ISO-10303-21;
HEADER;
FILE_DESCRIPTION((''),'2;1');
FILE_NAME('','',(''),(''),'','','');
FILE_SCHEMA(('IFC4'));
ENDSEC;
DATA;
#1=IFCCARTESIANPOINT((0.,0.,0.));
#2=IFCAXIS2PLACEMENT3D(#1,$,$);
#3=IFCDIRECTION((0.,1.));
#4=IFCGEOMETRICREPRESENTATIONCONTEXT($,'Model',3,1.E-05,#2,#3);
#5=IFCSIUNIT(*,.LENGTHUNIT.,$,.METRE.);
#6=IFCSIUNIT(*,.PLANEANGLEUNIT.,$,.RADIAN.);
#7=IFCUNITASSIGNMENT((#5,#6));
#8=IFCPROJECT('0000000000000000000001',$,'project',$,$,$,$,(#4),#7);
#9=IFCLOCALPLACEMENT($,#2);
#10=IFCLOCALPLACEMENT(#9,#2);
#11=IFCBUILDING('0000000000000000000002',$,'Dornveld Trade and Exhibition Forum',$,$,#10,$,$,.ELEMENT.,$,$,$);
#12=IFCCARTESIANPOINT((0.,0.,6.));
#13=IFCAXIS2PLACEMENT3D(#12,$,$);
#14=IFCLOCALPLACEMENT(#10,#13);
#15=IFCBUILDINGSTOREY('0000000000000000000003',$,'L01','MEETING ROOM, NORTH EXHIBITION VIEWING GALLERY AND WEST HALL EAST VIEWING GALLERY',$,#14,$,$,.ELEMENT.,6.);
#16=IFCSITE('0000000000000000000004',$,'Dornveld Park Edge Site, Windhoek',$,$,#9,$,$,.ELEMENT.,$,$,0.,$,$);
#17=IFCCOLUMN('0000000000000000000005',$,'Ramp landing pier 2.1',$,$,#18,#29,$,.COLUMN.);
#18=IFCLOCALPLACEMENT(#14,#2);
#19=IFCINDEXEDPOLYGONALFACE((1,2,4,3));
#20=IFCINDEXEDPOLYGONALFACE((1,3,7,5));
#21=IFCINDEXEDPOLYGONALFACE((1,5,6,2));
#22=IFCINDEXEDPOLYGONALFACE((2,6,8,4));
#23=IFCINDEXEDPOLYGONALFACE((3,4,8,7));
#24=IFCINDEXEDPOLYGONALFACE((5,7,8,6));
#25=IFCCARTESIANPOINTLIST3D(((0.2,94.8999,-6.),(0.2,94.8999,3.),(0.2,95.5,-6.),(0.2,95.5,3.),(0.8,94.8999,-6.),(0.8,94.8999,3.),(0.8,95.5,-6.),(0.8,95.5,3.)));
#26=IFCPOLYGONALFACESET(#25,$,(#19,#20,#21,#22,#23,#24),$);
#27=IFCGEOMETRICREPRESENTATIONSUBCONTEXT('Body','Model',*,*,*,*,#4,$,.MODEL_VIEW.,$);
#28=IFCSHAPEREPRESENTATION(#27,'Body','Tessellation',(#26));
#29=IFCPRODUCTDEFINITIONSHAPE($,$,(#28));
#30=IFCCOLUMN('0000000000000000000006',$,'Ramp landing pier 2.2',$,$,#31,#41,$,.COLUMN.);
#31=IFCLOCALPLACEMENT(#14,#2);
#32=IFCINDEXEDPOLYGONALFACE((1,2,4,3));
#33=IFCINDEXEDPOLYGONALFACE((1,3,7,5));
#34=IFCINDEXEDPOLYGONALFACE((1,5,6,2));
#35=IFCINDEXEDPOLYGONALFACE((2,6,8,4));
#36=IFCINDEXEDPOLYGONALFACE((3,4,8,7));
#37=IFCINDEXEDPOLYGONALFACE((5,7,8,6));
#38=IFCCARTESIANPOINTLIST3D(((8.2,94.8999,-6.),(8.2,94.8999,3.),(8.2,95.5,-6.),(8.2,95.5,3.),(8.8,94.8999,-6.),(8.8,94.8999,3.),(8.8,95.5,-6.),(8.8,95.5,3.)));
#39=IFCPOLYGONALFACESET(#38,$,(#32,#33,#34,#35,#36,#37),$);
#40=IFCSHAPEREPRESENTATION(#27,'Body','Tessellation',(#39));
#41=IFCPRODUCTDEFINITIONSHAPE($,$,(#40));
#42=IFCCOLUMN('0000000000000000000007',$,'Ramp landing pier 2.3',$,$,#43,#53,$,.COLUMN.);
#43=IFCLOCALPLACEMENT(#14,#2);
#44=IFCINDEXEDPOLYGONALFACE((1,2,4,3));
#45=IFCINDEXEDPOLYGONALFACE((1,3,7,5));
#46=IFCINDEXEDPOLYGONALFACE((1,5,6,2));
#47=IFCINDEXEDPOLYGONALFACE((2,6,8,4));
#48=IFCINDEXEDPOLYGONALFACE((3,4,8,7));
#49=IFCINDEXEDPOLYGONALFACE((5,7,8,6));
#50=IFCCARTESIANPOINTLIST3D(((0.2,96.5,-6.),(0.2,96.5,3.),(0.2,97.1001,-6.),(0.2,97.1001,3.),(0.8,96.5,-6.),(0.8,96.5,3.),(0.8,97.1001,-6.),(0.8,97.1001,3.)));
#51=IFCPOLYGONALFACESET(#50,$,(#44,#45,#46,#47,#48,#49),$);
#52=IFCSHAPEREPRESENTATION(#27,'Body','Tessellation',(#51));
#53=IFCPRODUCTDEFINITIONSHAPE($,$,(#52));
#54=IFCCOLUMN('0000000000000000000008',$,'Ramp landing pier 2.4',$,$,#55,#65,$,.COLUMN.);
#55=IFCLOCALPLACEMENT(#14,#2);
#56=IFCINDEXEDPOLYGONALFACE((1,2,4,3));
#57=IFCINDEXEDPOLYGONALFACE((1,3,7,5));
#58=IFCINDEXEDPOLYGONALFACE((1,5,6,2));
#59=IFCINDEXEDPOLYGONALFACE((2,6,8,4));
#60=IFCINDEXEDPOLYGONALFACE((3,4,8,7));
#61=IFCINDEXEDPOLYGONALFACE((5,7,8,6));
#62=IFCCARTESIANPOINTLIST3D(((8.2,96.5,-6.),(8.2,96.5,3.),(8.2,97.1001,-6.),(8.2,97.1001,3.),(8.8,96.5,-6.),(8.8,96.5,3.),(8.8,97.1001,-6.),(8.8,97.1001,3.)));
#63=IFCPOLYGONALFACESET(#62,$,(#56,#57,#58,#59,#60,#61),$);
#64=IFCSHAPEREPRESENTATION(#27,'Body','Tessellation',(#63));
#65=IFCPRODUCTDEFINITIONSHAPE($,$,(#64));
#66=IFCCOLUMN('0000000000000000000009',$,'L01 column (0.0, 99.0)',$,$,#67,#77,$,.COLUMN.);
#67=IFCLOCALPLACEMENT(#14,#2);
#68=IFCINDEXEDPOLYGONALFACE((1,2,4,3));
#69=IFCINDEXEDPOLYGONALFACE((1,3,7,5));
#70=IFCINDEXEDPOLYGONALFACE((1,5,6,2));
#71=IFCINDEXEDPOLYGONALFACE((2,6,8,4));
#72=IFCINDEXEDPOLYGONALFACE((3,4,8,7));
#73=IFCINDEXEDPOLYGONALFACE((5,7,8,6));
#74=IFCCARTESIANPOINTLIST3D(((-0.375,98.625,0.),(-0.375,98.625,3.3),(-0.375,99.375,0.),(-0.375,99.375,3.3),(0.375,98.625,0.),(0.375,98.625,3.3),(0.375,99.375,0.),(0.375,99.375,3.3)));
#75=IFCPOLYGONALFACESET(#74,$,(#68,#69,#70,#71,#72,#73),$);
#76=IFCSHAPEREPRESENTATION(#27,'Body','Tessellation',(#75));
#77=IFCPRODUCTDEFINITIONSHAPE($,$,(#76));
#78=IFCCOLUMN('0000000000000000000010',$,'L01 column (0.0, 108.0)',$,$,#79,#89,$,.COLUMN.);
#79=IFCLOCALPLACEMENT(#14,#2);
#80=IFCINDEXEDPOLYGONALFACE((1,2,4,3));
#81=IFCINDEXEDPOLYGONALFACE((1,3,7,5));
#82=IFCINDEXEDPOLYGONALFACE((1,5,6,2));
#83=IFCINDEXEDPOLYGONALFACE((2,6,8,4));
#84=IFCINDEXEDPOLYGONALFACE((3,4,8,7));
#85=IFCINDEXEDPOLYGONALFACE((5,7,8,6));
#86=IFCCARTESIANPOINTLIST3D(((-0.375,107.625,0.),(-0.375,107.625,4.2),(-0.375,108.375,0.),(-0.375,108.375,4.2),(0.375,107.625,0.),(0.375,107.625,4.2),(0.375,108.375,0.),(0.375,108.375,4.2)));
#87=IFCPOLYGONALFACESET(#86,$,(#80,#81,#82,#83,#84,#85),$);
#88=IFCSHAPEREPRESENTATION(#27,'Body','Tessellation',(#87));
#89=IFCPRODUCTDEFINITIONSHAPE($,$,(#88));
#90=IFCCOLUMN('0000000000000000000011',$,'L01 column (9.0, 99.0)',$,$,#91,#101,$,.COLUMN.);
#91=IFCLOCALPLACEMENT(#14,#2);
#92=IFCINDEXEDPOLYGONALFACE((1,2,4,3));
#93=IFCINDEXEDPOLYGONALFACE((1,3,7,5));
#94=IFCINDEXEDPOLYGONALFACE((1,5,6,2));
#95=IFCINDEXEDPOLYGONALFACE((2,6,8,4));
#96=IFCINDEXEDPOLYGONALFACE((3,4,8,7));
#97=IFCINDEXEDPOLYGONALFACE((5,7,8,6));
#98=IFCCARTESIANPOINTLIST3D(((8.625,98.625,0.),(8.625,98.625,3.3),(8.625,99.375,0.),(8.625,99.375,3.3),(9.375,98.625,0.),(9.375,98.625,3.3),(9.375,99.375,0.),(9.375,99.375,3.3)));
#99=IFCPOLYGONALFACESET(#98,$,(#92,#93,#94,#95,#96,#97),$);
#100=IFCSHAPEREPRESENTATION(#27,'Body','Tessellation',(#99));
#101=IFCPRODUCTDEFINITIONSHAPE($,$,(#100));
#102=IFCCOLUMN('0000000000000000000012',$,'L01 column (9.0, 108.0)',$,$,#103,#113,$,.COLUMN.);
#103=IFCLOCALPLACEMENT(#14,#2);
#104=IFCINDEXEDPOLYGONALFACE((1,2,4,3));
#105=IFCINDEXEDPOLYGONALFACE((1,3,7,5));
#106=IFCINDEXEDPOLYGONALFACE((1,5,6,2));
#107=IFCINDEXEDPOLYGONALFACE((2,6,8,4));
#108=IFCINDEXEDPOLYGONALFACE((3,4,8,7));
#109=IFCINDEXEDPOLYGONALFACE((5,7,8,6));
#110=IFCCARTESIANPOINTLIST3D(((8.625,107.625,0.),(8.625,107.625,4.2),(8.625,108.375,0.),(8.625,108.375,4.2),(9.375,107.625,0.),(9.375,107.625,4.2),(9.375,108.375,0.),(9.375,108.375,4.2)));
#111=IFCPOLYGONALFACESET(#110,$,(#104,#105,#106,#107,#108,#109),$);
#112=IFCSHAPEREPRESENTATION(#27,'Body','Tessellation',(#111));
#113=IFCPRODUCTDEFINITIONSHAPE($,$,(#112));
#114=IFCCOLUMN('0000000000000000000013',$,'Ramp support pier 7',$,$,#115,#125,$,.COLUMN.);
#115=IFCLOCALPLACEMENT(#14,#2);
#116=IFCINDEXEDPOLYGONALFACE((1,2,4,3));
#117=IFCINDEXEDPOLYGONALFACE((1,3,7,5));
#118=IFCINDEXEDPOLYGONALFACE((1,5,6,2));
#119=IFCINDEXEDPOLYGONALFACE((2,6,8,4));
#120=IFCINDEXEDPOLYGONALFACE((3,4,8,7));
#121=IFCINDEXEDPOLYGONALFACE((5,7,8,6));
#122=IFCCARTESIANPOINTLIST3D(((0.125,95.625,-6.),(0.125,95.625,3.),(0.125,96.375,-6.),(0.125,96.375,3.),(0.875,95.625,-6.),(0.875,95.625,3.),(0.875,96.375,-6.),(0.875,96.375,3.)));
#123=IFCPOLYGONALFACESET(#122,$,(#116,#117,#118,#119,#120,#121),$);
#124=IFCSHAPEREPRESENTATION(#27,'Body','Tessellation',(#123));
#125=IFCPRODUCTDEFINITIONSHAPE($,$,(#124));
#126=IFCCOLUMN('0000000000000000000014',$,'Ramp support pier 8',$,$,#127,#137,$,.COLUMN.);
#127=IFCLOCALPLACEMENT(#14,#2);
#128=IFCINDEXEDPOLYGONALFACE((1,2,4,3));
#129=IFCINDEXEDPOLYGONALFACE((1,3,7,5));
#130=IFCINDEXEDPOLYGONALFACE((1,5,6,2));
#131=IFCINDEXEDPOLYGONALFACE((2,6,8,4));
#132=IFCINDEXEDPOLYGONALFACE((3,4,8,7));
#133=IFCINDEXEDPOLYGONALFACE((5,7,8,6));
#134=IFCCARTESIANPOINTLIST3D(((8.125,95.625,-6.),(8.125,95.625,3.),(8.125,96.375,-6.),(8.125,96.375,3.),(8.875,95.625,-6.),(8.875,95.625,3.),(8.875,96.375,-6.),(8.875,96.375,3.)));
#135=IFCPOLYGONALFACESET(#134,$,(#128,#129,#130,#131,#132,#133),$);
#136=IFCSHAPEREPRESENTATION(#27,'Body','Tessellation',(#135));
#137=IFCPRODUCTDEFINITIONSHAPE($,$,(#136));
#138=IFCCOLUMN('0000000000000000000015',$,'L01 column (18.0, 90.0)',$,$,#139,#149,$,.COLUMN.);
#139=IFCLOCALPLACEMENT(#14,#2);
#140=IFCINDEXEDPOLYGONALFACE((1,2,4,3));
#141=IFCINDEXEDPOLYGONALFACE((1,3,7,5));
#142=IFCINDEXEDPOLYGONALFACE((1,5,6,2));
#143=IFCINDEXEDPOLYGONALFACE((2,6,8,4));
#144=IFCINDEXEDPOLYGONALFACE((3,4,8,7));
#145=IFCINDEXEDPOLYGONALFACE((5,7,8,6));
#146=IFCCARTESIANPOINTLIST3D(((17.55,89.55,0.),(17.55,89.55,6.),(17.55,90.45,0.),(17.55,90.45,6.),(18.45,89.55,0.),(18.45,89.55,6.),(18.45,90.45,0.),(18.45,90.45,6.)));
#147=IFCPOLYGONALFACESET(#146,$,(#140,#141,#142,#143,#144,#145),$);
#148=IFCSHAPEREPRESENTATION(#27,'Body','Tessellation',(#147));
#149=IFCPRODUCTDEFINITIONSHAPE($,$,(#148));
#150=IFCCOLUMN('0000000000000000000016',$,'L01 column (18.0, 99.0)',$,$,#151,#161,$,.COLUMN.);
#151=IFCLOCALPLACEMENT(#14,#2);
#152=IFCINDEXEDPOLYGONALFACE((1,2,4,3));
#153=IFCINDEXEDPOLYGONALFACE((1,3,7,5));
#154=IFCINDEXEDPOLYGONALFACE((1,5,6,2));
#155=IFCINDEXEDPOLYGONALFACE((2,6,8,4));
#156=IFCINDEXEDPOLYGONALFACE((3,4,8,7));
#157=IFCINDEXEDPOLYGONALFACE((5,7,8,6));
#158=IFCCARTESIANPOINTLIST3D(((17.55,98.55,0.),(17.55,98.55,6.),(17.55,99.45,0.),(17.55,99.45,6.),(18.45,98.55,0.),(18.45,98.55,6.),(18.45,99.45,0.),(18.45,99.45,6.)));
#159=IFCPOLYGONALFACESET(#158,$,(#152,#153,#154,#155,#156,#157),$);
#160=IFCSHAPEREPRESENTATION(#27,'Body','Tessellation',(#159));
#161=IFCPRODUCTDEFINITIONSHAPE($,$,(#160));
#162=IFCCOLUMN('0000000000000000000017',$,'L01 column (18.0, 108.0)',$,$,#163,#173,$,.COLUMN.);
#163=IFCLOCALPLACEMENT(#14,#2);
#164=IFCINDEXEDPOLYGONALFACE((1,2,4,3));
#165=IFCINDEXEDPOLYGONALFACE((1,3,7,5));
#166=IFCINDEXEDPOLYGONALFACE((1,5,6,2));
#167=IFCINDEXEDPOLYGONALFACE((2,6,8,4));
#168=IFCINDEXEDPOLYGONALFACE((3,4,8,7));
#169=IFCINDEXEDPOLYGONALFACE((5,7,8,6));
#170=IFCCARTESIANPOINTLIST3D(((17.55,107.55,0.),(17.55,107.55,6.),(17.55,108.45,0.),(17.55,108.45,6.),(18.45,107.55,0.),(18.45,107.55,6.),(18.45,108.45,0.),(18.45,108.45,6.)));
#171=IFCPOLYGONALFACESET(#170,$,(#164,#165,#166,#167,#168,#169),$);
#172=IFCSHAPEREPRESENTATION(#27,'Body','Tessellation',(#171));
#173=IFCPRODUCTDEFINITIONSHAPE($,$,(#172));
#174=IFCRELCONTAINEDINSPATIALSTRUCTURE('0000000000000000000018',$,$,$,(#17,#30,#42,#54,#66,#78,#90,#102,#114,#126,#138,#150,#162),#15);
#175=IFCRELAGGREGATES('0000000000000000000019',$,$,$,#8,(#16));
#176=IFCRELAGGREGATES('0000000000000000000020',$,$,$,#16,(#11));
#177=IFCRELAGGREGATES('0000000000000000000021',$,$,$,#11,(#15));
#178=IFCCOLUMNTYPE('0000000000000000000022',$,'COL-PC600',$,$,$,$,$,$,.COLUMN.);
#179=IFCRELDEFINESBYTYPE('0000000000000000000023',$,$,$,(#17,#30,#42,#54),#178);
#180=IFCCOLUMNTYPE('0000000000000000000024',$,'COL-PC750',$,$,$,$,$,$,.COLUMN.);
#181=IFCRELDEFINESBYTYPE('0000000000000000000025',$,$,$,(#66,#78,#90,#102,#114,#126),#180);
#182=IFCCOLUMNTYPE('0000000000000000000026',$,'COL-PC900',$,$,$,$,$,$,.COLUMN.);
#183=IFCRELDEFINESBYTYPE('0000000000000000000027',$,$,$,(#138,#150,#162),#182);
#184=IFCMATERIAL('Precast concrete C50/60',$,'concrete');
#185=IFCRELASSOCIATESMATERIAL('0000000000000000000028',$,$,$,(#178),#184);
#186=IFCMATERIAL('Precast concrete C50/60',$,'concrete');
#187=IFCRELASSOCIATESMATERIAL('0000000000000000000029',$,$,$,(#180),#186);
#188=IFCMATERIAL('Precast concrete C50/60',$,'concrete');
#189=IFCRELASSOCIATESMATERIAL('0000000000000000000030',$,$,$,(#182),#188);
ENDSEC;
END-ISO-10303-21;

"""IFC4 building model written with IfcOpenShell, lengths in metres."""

from ifc_helpers import new_model, si_unit, direction, frame, origin, origin_2d, place, context, subcontext, project, spatial, rectangle, extrude, material, material_profile, profile_set, type_object, element, save


model = new_model("IFC4")

# Units and contexts
model_context = context("Model", 3, precision=1e-05, world=origin(), true_north=direction((0.0, 1.0)))
body_context = subcontext(model_context, "Body", "Model", "MODEL_VIEW")
ifc_project = project(units=[si_unit("LENGTHUNIT", "METRE"), si_unit("PLANEANGLEUNIT", "RADIAN")], contexts=[model_context])

# Site, building, storey
site_placement = place(None, origin())
site = spatial("IfcSite", under=ifc_project, at=site_placement, Name="Dornveld Park Edge Site, Windhoek", CompositionType="ELEMENT", RefElevation=0.0)
building_placement = place(site_placement, origin())
building = spatial("IfcBuilding", under=site, at=building_placement, Name="Dornveld Trade and Exhibition Forum", CompositionType="ELEMENT")
storey_placement = place(building_placement, frame((0.0, 0.0, 6.0)))
storey = spatial("IfcBuildingStorey", under=building, at=storey_placement, Name="L01", Description="MEETING ROOM, NORTH EXHIBITION VIEWING GALLERY AND WEST HALL EAST VIEWING GALLERY", CompositionType="ELEMENT", Elevation=6.0)

# Columns
ifc_material_1 = material(Name="Precast concrete C50/60", Category="concrete")
ifc_material_profile_1 = material_profile(ifc_material_1, rectangle(XDim=0.6001, YDim=0.6001, at=origin_2d()), Name="PC-COL 600x600")
ifc_profile_set_1 = profile_set([ifc_material_profile_1], Name="Precast concrete C50/60")
column_type_1 = type_object("IfcColumnType", Name="COL-PC600", PredefinedType="COLUMN", material=ifc_profile_set_1)
for number, where, z_axis, x_axis, name in (
    (1, (0.5, 95.2, -6.0), (0.0, 0.0, 1.0), (1.0, 0.0, 0.0), "Ramp landing pier 2.1"),
    (2, (8.5, 95.2, -6.0), (0.0, 0.0, 1.0), (1.0, 0.0, 0.0), "Ramp landing pier 2.2"),
    (3, (0.5, 96.8, -6.0), (0.0, 0.0, 1.0), (1.0, 0.0, 0.0), "Ramp landing pier 2.3"),
    (4, (8.5, 96.8, -6.0), (0.0, 0.0, 1.0), (1.0, 0.0, 0.0), "Ramp landing pier 2.4"),
):
    element("IfcColumn", number, at=place(storey_placement, frame(where, z_axis=z_axis, x_axis=x_axis)), inside=storey, type_object=column_type_1, Name=name, PredefinedType="COLUMN", context=body_context, shape_type="SweptSolid", body=[
        extrude(rectangle(XDim=0.6001, YDim=0.6001, at=origin_2d()), origin(), (0.0, 0.0, 1.0), 9.0),
    ])
ifc_material_2 = material(Name="Precast concrete C50/60", Category="concrete")
ifc_material_profile_2 = material_profile(ifc_material_2, rectangle(XDim=0.75, YDim=0.75, at=origin_2d()), Name="PC-COL 750x750")
ifc_profile_set_2 = profile_set([ifc_material_profile_2], Name="Precast concrete C50/60")
column_type_2 = type_object("IfcColumnType", Name="COL-PC750", PredefinedType="COLUMN", material=ifc_profile_set_2)
column_1_placement = place(storey_placement, frame((0.0, 99.0, 0.0), z_axis=(0.0, 0.0, 1.0), x_axis=(1.0, 0.0, 0.0)))
element("IfcColumn", 5, at=column_1_placement, inside=storey, type_object=column_type_2, Name="L01 column (0.0, 99.0)", PredefinedType="COLUMN", context=body_context, shape_type="SweptSolid", body=[
    extrude(rectangle(XDim=0.75, YDim=0.75, at=origin_2d()), origin(), (0.0, 0.0, 1.0), 3.3),
])
column_2_placement = place(storey_placement, frame((0.0, 108.0, 0.0), z_axis=(0.0, 0.0, 1.0), x_axis=(1.0, 0.0, 0.0)))
element("IfcColumn", 6, at=column_2_placement, inside=storey, type_object=column_type_2, Name="L01 column (0.0, 108.0)", PredefinedType="COLUMN", context=body_context, shape_type="SweptSolid", body=[
    extrude(rectangle(XDim=0.75, YDim=0.75, at=origin_2d()), origin(), (0.0, 0.0, 1.0), 4.2),
])
column_3_placement = place(storey_placement, frame((9.0, 99.0, 0.0), z_axis=(0.0, 0.0, 1.0), x_axis=(1.0, 0.0, 0.0)))
element("IfcColumn", 7, at=column_3_placement, inside=storey, type_object=column_type_2, Name="L01 column (9.0, 99.0)", PredefinedType="COLUMN", context=body_context, shape_type="SweptSolid", body=[
    extrude(rectangle(XDim=0.75, YDim=0.75, at=origin_2d()), origin(), (0.0, 0.0, 1.0), 3.3),
])
column_4_placement = place(storey_placement, frame((9.0, 108.0, 0.0), z_axis=(0.0, 0.0, 1.0), x_axis=(1.0, 0.0, 0.0)))
element("IfcColumn", 8, at=column_4_placement, inside=storey, type_object=column_type_2, Name="L01 column (9.0, 108.0)", PredefinedType="COLUMN", context=body_context, shape_type="SweptSolid", body=[
    extrude(rectangle(XDim=0.75, YDim=0.75, at=origin_2d()), origin(), (0.0, 0.0, 1.0), 4.2),
])
for number, where, z_axis, x_axis, name in (
    (9, (0.5, 96.0, -6.0), (0.0, 0.0, 1.0), (1.0, 0.0, 0.0), "Ramp support pier 7"),
    (10, (8.5, 96.0, -6.0), (0.0, 0.0, 1.0), (1.0, 0.0, 0.0), "Ramp support pier 8"),
):
    element("IfcColumn", number, at=place(storey_placement, frame(where, z_axis=z_axis, x_axis=x_axis)), inside=storey, type_object=column_type_2, Name=name, PredefinedType="COLUMN", context=body_context, shape_type="SweptSolid", body=[
        extrude(rectangle(XDim=0.75, YDim=0.75, at=origin_2d()), origin(), (0.0, 0.0, 1.0), 9.0),
    ])
ifc_material_3 = material(Name="Precast concrete C50/60", Category="concrete")
ifc_material_profile_3 = material_profile(ifc_material_3, rectangle(XDim=0.8999, YDim=0.8999, at=origin_2d()), Name="PC-COL 900x900")
ifc_profile_set_3 = profile_set([ifc_material_profile_3], Name="Precast concrete C50/60")
column_type_3 = type_object("IfcColumnType", Name="COL-PC900", PredefinedType="COLUMN", material=ifc_profile_set_3)
for number, where, z_axis, x_axis, name in (
    (11, (18.0, 90.0, 0.0), (0.0, 0.0, 1.0), (1.0, 0.0, 0.0), "L01 column (18.0, 90.0)"),
    (12, (18.0, 99.0, 0.0), (0.0, 0.0, 1.0), (1.0, 0.0, 0.0), "L01 column (18.0, 99.0)"),
    (13, (18.0, 108.0, 0.0), (0.0, 0.0, 1.0), (1.0, 0.0, 0.0), "L01 column (18.0, 108.0)"),
):
    element("IfcColumn", number, at=place(storey_placement, frame(where, z_axis=z_axis, x_axis=x_axis)), inside=storey, type_object=column_type_3, Name=name, PredefinedType="COLUMN", context=body_context, shape_type="SweptSolid", body=[
        extrude(rectangle(XDim=0.8999, YDim=0.8999, at=origin_2d()), origin(), (0.0, 0.0, 1.0), 6.0),
    ])

save(model, "model.ifc")
